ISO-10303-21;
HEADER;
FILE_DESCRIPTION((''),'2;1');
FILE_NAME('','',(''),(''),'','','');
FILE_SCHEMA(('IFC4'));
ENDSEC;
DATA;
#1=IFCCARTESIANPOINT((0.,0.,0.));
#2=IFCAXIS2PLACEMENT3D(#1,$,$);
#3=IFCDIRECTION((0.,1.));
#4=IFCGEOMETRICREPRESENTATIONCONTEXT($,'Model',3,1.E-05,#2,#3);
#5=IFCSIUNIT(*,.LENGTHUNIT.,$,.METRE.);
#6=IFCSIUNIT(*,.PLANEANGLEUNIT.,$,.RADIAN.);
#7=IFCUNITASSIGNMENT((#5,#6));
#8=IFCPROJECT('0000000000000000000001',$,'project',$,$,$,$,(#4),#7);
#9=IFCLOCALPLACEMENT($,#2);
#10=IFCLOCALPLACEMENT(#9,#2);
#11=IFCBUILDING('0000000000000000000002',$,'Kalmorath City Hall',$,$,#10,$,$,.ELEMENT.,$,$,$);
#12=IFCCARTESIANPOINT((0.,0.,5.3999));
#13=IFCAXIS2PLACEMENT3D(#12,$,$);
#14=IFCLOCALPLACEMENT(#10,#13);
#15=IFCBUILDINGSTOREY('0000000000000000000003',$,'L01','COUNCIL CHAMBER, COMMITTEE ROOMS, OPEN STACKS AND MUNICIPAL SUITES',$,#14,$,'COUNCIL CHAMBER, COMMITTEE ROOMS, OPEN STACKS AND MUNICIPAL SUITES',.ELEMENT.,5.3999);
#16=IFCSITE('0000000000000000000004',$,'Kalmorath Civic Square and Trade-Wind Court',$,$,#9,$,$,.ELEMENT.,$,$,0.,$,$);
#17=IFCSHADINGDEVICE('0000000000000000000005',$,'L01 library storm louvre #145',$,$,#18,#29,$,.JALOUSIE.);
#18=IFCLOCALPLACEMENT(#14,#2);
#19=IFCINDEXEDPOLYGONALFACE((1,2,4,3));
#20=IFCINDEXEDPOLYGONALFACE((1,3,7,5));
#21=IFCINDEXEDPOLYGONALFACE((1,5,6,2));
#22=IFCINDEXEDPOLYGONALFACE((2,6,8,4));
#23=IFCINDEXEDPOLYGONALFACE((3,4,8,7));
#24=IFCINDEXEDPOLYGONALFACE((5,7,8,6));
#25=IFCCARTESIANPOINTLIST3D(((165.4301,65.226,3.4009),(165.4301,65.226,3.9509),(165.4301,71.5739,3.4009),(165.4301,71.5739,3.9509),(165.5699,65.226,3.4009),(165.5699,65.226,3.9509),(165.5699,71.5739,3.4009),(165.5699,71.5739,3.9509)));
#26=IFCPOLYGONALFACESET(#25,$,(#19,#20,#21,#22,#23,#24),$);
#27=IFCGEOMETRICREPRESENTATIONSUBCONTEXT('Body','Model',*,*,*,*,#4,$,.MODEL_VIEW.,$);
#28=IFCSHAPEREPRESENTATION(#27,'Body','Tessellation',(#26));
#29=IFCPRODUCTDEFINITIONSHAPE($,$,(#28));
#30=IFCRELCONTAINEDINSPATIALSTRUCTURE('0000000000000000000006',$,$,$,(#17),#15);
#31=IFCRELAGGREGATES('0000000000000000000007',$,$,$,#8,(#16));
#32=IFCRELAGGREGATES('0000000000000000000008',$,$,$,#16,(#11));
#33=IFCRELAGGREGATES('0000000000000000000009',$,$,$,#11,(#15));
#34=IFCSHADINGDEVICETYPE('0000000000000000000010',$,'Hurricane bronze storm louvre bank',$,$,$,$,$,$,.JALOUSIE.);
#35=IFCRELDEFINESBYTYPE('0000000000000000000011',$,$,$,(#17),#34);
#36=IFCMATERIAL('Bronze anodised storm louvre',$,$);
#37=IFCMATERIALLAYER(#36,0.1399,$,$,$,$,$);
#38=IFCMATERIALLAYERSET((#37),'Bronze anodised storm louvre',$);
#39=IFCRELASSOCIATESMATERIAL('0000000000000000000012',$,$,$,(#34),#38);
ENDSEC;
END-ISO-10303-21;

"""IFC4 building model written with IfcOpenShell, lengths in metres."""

from ifc_helpers import new_model, si_unit, direction, frame, origin, origin_2d, place, context, subcontext, project, spatial, rectangle, extrude, material, layer, layer_set, type_object, element, save


model = new_model("IFC4")

# Units and contexts
model_context = context("Model", 3, precision=1e-05, world=origin(), true_north=direction((0.0, 1.0)))
body_context = subcontext(model_context, "Body", "Model", "MODEL_VIEW")
ifc_project = project(units=[si_unit("LENGTHUNIT", "METRE"), si_unit("PLANEANGLEUNIT", "RADIAN")], contexts=[model_context])

# Site, building, storey
site_placement = place(None, origin())
site = spatial("IfcSite", under=ifc_project, at=site_placement, Name="Kalmorath Civic Square and Trade-Wind Court", CompositionType="ELEMENT", RefElevation=0.0)
building_placement = place(site_placement, origin())
building = spatial("IfcBuilding", under=site, at=building_placement, Name="Kalmorath City Hall", CompositionType="ELEMENT")
storey_placement = place(building_placement, frame((0.0, 0.0, 5.3999)))
storey = spatial("IfcBuildingStorey", under=building, at=storey_placement, Name="L01", Description="COUNCIL CHAMBER, COMMITTEE ROOMS, OPEN STACKS AND MUNICIPAL SUITES", LongName="COUNCIL CHAMBER, COMMITTEE ROOMS, OPEN STACKS AND MUNICIPAL SUITES", CompositionType="ELEMENT", Elevation=5.3999)

# Shading device
ifc_material_1 = material(Name="Bronze anodised storm louvre")
ifc_layer_1 = layer(ifc_material_1, 0.1399)
ifc_layer_set_1 = layer_set([ifc_layer_1], Name="Bronze anodised storm louvre")
shading_device_type = type_object("IfcShadingDeviceType", Name="Hurricane bronze storm louvre bank", PredefinedType="JALOUSIE", material=ifc_layer_set_1)
shading_device_placement = place(storey_placement, frame((165.5, 68.3999, 3.4009), z_axis=(0.0, 0.0, 1.0), x_axis=(0.0, -1.0, 0.0)))
element("IfcShadingDevice", 1, at=shading_device_placement, inside=storey, type_object=shading_device_type, Name="L01 library storm louvre #145", PredefinedType="JALOUSIE", context=body_context, shape_type="SweptSolid", body=[
    extrude(rectangle(XDim=6.3479, YDim=0.1399, at=origin_2d()), origin(), (0.0, 0.0, 1.0), 0.55),
])

save(model, "model.ifc")
